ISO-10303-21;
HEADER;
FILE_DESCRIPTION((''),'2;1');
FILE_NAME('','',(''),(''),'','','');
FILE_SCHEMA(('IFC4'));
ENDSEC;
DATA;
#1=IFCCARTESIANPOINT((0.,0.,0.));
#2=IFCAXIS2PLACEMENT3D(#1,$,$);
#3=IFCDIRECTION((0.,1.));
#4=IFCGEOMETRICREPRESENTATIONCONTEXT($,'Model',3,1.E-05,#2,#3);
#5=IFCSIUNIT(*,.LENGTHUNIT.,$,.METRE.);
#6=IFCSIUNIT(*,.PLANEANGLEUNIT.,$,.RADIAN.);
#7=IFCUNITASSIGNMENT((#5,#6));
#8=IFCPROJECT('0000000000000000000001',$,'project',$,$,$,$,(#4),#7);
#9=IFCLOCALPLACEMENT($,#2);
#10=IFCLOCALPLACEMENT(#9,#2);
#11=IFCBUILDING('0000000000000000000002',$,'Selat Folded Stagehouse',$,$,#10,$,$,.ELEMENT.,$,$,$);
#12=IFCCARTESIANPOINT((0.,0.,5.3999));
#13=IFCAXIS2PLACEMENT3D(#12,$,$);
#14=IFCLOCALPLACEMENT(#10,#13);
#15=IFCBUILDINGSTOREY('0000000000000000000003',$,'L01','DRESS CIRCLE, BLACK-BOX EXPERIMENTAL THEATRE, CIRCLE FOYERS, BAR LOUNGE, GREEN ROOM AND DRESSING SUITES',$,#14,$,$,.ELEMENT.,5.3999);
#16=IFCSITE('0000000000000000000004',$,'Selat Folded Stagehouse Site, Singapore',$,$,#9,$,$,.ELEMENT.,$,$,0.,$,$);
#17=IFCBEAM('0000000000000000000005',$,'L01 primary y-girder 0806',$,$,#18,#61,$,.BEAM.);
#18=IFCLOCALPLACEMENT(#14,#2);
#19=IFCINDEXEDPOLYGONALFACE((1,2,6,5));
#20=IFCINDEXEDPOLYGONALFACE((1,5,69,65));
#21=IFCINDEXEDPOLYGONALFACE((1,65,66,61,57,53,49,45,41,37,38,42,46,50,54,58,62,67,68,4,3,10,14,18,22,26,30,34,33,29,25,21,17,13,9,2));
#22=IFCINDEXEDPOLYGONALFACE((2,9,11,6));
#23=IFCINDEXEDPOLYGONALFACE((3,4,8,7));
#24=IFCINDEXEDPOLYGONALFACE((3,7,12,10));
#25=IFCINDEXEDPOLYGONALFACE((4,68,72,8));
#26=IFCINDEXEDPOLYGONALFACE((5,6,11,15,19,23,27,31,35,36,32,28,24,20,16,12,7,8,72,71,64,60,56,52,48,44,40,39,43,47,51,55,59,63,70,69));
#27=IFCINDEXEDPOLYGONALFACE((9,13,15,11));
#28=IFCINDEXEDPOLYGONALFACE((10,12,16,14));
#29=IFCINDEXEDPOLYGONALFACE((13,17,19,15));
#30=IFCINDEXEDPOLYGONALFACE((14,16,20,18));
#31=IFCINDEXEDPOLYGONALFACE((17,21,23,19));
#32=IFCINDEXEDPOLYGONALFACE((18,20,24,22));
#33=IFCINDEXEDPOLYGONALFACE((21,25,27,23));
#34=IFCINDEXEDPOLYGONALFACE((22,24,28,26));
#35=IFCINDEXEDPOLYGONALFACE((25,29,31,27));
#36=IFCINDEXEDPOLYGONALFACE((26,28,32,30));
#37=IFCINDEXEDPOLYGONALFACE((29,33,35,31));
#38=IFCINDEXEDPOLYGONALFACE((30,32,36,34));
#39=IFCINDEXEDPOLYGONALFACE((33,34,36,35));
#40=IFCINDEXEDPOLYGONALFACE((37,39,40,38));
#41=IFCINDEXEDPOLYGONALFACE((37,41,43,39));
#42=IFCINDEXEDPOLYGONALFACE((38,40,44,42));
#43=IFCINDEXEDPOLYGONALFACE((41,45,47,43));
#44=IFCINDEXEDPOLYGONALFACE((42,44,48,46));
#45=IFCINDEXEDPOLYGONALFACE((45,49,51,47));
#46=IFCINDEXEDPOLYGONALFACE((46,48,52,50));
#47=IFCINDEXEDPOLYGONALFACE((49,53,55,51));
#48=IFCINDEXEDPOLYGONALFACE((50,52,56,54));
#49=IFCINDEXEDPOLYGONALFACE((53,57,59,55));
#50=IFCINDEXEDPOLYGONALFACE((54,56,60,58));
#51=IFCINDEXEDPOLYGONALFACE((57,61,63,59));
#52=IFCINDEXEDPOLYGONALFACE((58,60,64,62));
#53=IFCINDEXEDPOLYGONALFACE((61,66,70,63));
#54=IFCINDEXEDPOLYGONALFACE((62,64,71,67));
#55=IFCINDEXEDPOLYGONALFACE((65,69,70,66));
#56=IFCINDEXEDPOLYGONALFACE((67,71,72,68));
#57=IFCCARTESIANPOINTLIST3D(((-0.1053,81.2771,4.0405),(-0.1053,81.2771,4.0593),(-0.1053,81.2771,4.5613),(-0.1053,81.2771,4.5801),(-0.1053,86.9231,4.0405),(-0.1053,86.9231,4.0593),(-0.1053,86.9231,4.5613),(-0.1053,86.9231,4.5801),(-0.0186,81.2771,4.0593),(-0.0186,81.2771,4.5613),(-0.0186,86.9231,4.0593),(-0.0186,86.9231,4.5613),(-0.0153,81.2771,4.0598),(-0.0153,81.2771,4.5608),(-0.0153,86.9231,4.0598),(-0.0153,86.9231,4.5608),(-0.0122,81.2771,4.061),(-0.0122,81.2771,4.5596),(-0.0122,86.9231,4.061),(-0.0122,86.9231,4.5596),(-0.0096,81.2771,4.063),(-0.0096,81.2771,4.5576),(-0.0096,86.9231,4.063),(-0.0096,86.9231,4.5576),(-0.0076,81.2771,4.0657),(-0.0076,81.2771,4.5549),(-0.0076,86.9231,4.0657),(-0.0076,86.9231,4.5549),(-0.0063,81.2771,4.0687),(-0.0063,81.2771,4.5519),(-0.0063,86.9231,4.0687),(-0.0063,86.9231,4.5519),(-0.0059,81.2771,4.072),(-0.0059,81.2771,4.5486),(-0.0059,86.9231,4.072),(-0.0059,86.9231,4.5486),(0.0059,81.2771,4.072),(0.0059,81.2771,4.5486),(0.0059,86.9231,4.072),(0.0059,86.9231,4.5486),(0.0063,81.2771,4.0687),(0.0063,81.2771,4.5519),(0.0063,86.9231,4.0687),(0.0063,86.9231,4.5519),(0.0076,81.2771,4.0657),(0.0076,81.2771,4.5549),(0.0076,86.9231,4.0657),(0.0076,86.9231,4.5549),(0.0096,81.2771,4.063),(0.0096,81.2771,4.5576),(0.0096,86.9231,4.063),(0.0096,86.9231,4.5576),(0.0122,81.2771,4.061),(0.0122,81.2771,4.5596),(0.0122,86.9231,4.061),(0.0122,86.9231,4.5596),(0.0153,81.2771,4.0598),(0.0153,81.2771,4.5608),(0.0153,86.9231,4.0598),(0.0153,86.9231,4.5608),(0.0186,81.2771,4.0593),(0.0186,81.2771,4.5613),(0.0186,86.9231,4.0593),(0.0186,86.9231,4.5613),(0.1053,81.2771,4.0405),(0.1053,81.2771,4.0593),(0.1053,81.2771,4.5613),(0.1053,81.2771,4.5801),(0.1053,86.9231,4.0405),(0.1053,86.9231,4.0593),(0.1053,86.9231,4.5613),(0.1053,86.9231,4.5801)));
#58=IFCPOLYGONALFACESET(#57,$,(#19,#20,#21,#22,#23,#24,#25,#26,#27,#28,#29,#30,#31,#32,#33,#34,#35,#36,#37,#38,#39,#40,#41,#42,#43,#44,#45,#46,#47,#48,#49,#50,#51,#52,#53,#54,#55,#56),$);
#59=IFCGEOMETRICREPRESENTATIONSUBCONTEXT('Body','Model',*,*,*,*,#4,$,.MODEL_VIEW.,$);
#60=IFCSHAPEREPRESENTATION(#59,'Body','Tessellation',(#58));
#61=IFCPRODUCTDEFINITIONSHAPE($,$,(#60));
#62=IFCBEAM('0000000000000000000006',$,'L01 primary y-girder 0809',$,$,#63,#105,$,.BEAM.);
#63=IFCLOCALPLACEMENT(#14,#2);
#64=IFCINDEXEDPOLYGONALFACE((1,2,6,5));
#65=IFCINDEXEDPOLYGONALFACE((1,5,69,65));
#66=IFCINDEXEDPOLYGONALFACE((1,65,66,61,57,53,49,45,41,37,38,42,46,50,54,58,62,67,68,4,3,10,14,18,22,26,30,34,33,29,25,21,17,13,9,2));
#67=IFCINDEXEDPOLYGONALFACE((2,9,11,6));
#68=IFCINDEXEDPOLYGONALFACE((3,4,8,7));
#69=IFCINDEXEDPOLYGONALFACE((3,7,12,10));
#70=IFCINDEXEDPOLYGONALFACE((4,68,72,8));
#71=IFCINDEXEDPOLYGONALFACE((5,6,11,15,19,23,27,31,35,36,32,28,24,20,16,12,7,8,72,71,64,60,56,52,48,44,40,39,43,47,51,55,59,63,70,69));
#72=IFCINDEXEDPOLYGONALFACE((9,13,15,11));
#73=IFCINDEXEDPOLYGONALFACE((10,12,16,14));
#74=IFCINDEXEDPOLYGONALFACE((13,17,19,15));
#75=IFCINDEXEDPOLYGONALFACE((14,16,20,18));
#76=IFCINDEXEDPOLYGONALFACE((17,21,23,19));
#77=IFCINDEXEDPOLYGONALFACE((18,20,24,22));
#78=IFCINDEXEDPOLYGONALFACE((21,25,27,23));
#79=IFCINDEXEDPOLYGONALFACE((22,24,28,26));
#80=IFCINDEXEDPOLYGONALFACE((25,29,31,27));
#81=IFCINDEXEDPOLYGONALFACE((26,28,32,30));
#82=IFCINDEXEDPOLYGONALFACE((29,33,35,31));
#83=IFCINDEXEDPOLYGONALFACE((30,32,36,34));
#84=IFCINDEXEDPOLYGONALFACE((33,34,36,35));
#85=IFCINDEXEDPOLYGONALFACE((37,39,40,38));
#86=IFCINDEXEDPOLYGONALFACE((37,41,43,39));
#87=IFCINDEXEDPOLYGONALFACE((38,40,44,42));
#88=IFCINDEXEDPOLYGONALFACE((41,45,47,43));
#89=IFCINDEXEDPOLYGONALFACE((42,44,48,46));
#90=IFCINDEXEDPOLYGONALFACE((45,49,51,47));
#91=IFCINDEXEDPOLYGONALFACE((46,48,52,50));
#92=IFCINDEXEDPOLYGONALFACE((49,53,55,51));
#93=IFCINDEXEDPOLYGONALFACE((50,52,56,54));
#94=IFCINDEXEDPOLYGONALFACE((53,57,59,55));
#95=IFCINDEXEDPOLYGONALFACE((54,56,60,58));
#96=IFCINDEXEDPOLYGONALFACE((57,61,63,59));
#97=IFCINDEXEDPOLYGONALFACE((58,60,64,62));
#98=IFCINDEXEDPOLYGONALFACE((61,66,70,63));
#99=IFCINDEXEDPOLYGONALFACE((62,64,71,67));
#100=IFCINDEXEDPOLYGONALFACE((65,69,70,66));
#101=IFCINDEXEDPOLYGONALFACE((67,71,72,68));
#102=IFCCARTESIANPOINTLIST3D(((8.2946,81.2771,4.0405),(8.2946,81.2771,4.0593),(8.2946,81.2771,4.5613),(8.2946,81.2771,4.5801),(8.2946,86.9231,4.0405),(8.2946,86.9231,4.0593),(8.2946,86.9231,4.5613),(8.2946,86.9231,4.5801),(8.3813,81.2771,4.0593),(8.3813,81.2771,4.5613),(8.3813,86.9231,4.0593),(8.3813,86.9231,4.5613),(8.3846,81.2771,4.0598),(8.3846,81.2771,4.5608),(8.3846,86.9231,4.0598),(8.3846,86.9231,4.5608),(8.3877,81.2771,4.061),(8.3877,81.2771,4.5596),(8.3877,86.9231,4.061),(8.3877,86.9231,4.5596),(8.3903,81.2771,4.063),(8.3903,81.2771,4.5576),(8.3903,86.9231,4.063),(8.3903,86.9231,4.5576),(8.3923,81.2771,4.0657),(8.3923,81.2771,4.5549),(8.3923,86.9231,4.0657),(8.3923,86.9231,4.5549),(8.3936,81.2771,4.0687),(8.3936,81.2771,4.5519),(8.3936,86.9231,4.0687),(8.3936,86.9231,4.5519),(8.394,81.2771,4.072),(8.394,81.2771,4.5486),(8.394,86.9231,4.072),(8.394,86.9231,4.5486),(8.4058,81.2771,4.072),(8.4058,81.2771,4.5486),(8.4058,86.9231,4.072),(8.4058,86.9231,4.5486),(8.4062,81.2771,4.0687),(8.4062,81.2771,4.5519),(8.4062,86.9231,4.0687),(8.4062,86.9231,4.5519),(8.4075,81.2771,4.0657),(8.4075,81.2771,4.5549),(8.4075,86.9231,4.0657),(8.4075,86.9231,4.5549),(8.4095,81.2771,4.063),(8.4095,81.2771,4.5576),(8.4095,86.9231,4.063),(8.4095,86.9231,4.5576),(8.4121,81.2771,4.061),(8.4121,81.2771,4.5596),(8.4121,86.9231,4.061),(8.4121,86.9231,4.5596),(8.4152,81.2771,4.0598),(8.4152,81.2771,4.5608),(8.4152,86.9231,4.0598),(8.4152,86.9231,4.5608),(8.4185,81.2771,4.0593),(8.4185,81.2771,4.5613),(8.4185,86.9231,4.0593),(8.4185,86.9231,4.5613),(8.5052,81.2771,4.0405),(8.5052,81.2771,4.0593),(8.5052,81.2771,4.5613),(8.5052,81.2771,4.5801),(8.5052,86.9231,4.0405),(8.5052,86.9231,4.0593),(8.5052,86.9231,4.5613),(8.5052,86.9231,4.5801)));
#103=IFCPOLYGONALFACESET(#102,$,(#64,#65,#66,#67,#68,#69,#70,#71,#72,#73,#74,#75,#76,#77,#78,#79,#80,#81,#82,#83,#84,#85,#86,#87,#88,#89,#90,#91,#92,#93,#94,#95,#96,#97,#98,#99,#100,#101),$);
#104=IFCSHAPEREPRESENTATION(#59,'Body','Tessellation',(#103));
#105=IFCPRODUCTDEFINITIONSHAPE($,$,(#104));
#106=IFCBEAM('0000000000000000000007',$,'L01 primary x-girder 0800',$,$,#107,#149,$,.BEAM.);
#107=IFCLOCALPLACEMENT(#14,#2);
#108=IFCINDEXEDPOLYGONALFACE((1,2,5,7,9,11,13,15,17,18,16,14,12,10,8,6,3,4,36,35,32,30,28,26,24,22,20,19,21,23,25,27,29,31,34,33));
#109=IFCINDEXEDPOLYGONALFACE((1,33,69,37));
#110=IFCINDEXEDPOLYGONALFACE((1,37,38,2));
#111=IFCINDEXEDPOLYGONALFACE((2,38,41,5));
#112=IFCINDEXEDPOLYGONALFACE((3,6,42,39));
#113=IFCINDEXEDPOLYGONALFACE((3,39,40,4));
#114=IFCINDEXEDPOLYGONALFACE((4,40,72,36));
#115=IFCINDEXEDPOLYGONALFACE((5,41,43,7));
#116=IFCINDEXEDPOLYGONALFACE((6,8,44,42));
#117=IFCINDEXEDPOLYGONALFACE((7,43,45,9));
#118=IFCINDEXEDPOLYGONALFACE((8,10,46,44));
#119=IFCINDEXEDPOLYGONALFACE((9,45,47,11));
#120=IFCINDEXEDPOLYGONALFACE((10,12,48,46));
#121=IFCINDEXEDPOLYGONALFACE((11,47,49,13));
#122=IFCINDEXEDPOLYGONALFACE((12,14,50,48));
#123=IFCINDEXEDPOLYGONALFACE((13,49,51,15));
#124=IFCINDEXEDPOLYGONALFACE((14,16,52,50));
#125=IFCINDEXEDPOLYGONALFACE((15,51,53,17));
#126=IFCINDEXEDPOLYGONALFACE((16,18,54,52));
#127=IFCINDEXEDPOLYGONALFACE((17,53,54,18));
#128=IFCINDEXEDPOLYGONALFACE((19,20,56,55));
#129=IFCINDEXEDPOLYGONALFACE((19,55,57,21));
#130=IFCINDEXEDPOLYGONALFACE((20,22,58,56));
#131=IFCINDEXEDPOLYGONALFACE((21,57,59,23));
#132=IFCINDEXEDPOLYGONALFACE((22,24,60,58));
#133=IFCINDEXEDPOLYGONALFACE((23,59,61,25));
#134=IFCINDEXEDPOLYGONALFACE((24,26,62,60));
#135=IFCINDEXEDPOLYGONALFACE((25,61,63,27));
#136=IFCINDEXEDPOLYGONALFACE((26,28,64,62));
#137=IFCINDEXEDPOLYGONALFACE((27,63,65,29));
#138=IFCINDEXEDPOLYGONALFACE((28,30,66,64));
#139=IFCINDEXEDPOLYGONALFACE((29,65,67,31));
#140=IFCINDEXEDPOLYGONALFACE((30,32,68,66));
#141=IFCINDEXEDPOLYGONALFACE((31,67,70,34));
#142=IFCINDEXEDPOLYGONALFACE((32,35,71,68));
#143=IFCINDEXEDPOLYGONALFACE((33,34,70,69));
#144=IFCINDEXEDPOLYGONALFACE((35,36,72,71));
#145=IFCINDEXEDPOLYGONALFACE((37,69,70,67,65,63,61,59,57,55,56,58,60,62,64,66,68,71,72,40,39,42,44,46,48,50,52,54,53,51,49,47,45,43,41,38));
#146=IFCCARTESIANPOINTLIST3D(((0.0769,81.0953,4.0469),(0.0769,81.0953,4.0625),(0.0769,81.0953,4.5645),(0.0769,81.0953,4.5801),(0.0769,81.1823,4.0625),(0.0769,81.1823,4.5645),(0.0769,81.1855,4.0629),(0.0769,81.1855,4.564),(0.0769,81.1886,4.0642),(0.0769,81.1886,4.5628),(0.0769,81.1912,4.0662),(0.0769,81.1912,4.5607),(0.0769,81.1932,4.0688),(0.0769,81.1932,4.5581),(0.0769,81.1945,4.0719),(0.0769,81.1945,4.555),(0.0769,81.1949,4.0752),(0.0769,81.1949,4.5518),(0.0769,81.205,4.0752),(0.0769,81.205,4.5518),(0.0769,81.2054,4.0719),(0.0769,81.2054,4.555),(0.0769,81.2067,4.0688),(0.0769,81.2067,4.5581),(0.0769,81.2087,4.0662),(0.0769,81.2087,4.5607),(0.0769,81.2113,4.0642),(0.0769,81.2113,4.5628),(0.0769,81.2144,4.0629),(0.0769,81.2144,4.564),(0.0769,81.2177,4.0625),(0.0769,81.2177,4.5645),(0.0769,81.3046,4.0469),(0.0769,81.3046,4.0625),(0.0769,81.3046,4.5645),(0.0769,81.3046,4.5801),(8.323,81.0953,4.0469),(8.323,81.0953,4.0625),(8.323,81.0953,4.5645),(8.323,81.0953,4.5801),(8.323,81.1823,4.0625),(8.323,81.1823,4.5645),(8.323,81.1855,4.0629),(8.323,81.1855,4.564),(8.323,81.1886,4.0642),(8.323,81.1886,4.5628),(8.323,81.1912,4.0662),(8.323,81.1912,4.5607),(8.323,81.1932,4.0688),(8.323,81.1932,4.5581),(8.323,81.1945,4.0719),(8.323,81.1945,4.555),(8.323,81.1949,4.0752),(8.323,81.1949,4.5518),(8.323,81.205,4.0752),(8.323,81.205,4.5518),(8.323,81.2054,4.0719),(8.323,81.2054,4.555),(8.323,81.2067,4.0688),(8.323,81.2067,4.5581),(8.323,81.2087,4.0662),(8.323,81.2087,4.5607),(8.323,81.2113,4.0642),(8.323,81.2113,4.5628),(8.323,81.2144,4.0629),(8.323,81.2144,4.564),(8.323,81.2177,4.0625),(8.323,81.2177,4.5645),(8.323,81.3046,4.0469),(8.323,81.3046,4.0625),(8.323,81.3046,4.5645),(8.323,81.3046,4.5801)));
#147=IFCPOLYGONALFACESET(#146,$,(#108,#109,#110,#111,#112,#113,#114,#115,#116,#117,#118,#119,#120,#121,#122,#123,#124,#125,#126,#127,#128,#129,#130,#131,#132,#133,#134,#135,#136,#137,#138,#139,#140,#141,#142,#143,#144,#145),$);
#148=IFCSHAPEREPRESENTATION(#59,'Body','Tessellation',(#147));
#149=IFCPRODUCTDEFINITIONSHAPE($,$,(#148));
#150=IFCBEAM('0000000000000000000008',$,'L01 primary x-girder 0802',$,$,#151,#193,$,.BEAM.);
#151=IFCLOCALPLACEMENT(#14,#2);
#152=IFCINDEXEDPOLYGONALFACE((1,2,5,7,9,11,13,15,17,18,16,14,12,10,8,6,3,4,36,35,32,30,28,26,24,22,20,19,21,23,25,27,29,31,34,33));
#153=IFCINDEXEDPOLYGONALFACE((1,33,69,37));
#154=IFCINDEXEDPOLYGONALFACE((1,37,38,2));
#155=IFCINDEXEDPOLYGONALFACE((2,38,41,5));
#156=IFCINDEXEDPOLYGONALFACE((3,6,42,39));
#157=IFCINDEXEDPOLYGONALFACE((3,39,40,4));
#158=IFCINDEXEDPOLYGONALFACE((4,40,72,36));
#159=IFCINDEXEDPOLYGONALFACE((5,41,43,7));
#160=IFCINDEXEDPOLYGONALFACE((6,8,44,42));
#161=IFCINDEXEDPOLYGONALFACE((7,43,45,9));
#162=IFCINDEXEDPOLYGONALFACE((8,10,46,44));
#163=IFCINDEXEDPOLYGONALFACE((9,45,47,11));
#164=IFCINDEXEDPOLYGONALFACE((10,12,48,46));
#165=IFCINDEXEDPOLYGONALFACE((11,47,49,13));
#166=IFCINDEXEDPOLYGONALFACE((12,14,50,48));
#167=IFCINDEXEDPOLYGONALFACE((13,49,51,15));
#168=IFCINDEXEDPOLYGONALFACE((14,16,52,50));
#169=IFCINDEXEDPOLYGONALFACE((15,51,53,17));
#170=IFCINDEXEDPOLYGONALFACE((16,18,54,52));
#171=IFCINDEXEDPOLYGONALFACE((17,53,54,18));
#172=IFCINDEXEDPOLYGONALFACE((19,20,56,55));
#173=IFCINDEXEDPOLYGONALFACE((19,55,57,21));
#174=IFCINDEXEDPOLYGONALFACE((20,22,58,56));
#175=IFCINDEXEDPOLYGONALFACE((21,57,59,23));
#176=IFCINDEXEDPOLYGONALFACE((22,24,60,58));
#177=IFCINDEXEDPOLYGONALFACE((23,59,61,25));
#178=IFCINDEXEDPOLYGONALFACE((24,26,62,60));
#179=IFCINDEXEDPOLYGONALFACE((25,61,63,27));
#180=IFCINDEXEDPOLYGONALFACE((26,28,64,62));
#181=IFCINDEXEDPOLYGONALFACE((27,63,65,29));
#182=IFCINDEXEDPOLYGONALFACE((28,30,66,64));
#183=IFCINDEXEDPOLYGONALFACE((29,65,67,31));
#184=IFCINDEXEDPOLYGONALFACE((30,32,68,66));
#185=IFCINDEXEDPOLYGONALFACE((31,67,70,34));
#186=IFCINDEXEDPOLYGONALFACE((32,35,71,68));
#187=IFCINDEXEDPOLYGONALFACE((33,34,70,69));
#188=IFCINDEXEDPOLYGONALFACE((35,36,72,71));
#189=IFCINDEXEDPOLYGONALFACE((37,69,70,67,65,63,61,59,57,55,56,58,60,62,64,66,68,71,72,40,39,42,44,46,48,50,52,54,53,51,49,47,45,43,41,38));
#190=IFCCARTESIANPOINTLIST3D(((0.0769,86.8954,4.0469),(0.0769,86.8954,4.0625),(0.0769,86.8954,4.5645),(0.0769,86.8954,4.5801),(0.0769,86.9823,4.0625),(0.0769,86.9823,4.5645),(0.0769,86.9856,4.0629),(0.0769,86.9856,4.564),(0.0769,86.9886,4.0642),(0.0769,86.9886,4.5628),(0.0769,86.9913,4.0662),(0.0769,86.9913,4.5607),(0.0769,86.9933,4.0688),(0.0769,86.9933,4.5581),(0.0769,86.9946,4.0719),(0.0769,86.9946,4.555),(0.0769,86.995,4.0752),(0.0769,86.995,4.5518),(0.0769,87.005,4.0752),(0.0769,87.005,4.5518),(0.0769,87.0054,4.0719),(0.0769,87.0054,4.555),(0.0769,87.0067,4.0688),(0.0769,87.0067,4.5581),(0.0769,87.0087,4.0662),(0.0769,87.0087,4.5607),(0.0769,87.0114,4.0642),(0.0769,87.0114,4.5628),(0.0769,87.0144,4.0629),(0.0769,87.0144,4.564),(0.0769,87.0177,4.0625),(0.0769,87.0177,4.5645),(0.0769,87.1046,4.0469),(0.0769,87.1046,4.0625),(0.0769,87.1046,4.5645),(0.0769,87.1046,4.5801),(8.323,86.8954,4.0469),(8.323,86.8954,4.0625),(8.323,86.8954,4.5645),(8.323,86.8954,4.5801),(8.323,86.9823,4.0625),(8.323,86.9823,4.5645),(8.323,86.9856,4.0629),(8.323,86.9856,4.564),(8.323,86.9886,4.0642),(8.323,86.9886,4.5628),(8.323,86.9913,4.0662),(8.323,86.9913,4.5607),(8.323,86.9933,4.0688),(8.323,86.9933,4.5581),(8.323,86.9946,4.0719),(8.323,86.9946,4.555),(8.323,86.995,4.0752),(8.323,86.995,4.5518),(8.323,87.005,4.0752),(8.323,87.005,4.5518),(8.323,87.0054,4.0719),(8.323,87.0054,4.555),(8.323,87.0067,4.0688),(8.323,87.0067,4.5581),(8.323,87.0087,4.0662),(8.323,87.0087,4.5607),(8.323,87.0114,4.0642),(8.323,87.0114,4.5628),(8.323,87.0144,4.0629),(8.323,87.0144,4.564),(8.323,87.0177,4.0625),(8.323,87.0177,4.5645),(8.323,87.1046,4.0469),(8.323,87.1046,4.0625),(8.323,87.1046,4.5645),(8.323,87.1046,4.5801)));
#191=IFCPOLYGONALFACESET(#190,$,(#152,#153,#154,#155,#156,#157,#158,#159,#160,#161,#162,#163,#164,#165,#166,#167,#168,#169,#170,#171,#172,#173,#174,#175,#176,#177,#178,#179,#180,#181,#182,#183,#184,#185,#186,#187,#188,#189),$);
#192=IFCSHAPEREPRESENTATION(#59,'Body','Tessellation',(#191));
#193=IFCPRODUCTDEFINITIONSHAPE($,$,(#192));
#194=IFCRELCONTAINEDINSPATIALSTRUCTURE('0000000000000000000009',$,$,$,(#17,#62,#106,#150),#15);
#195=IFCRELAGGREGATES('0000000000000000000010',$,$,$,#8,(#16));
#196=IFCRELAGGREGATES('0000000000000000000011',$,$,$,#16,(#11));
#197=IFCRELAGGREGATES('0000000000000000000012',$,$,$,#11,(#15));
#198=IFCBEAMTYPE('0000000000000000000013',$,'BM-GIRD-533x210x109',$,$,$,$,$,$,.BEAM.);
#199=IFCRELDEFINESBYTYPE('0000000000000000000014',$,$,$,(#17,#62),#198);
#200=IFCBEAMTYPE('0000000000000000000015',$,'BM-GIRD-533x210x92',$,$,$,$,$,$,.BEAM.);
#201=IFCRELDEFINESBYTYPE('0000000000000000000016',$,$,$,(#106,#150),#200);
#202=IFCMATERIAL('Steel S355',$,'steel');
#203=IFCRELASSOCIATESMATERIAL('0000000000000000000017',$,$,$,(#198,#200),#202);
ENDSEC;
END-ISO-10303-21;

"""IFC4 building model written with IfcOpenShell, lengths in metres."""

from ifc_helpers import new_model, si_unit, direction, frame, origin, origin_2d, place, context, subcontext, project, spatial, i_section, extrude, material, material_profile, profile_set, type_object, element, save


model = new_model("IFC4")

# Units and contexts
model_context = context("Model", 3, precision=1e-05, world=origin(), true_north=direction((0.0, 1.0)))
body_context = subcontext(model_context, "Body", "Model", "MODEL_VIEW")
ifc_project = project(units=[si_unit("LENGTHUNIT", "METRE"), si_unit("PLANEANGLEUNIT", "RADIAN")], contexts=[model_context])

# Site, building, storey
site_placement = place(None, origin())
site = spatial("IfcSite", under=ifc_project, at=site_placement, Name="Selat Folded Stagehouse Site, Singapore", CompositionType="ELEMENT", RefElevation=0.0)
building_placement = place(site_placement, origin())
building = spatial("IfcBuilding", under=site, at=building_placement, Name="Selat Folded Stagehouse", CompositionType="ELEMENT")
storey_placement = place(building_placement, frame((0.0, 0.0, 5.3999)))
storey = spatial("IfcBuildingStorey", under=building, at=storey_placement, Name="L01", Description="DRESS CIRCLE, BLACK-BOX EXPERIMENTAL THEATRE, CIRCLE FOYERS, BAR LOUNGE, GREEN ROOM AND DRESSING SUITES", CompositionType="ELEMENT", Elevation=5.3999)

# Shared definitions
ifc_material_1 = material(Name="Steel S355", Category="steel")

# Beams
ifc_material_profile_1 = material_profile(ifc_material_1, i_section(OverallWidth=0.2107, OverallDepth=0.5396, WebThickness=0.0117, FlangeThickness=0.0188, FilletRadius=0.0127, at=origin_2d()), Name="UKB 533x210x109")
ifc_profile_set_1 = profile_set([ifc_material_profile_1], Name="Steel S355")
beam_type_1 = type_object("IfcBeamType", Name="BM-GIRD-533x210x109", PredefinedType="BEAM", material=ifc_profile_set_1)
for number, where, z_axis, x_axis, name in (
    (1, (0.0, 81.2771, 4.3103), (0.0, 1.0, 0.0), (-1.0, 0.0, 0.0), "L01 primary y-girder 0806"),
    (2, (8.3999, 81.2771, 4.3103), (0.0, 1.0, 0.0), (-1.0, 0.0, 0.0), "L01 primary y-girder 0809"),
):
    element("IfcBeam", number, at=place(storey_placement, frame(where, z_axis=z_axis, x_axis=x_axis)), inside=storey, type_object=beam_type_1, Name=name, PredefinedType="BEAM", context=body_context, shape_type="SweptSolid", body=[
        extrude(i_section(OverallWidth=0.2107, OverallDepth=0.5396, WebThickness=0.0117, FlangeThickness=0.0188, FilletRadius=0.0127, at=origin_2d()), origin(), (0.0, 0.0, 1.0), 5.646),
    ])
ifc_material_profile_2 = material_profile(ifc_material_1, i_section(OverallWidth=0.2092, OverallDepth=0.5332, WebThickness=0.01, FlangeThickness=0.0156, FilletRadius=0.0127, at=origin_2d()), Name="UKB 533x210x92")
ifc_profile_set_2 = profile_set([ifc_material_profile_2], Name="Steel S355")
beam_type_2 = type_object("IfcBeamType", Name="BM-GIRD-533x210x92", PredefinedType="BEAM", material=ifc_profile_set_2)
for number, where, z_axis, x_axis, name in (
    (3, (0.0769, 81.2, 4.3135), (1.0, 0.0, 0.0), (0.0, 1.0, 0.0), "L01 primary x-girder 0800"),
    (4, (0.0769, 87.0, 4.3135), (1.0, 0.0, 0.0), (0.0, 1.0, 0.0), "L01 primary x-girder 0802"),
):
    element("IfcBeam", number, at=place(storey_placement, frame(where, z_axis=z_axis, x_axis=x_axis)), inside=storey, type_object=beam_type_2, Name=name, PredefinedType="BEAM", context=body_context, shape_type="SweptSolid", body=[
        extrude(i_section(OverallWidth=0.2092, OverallDepth=0.5332, WebThickness=0.01, FlangeThickness=0.0156, FilletRadius=0.0127, at=origin_2d()), origin(), (0.0, 0.0, 1.0), 8.2461),
    ])

save(model, "model.ifc")
